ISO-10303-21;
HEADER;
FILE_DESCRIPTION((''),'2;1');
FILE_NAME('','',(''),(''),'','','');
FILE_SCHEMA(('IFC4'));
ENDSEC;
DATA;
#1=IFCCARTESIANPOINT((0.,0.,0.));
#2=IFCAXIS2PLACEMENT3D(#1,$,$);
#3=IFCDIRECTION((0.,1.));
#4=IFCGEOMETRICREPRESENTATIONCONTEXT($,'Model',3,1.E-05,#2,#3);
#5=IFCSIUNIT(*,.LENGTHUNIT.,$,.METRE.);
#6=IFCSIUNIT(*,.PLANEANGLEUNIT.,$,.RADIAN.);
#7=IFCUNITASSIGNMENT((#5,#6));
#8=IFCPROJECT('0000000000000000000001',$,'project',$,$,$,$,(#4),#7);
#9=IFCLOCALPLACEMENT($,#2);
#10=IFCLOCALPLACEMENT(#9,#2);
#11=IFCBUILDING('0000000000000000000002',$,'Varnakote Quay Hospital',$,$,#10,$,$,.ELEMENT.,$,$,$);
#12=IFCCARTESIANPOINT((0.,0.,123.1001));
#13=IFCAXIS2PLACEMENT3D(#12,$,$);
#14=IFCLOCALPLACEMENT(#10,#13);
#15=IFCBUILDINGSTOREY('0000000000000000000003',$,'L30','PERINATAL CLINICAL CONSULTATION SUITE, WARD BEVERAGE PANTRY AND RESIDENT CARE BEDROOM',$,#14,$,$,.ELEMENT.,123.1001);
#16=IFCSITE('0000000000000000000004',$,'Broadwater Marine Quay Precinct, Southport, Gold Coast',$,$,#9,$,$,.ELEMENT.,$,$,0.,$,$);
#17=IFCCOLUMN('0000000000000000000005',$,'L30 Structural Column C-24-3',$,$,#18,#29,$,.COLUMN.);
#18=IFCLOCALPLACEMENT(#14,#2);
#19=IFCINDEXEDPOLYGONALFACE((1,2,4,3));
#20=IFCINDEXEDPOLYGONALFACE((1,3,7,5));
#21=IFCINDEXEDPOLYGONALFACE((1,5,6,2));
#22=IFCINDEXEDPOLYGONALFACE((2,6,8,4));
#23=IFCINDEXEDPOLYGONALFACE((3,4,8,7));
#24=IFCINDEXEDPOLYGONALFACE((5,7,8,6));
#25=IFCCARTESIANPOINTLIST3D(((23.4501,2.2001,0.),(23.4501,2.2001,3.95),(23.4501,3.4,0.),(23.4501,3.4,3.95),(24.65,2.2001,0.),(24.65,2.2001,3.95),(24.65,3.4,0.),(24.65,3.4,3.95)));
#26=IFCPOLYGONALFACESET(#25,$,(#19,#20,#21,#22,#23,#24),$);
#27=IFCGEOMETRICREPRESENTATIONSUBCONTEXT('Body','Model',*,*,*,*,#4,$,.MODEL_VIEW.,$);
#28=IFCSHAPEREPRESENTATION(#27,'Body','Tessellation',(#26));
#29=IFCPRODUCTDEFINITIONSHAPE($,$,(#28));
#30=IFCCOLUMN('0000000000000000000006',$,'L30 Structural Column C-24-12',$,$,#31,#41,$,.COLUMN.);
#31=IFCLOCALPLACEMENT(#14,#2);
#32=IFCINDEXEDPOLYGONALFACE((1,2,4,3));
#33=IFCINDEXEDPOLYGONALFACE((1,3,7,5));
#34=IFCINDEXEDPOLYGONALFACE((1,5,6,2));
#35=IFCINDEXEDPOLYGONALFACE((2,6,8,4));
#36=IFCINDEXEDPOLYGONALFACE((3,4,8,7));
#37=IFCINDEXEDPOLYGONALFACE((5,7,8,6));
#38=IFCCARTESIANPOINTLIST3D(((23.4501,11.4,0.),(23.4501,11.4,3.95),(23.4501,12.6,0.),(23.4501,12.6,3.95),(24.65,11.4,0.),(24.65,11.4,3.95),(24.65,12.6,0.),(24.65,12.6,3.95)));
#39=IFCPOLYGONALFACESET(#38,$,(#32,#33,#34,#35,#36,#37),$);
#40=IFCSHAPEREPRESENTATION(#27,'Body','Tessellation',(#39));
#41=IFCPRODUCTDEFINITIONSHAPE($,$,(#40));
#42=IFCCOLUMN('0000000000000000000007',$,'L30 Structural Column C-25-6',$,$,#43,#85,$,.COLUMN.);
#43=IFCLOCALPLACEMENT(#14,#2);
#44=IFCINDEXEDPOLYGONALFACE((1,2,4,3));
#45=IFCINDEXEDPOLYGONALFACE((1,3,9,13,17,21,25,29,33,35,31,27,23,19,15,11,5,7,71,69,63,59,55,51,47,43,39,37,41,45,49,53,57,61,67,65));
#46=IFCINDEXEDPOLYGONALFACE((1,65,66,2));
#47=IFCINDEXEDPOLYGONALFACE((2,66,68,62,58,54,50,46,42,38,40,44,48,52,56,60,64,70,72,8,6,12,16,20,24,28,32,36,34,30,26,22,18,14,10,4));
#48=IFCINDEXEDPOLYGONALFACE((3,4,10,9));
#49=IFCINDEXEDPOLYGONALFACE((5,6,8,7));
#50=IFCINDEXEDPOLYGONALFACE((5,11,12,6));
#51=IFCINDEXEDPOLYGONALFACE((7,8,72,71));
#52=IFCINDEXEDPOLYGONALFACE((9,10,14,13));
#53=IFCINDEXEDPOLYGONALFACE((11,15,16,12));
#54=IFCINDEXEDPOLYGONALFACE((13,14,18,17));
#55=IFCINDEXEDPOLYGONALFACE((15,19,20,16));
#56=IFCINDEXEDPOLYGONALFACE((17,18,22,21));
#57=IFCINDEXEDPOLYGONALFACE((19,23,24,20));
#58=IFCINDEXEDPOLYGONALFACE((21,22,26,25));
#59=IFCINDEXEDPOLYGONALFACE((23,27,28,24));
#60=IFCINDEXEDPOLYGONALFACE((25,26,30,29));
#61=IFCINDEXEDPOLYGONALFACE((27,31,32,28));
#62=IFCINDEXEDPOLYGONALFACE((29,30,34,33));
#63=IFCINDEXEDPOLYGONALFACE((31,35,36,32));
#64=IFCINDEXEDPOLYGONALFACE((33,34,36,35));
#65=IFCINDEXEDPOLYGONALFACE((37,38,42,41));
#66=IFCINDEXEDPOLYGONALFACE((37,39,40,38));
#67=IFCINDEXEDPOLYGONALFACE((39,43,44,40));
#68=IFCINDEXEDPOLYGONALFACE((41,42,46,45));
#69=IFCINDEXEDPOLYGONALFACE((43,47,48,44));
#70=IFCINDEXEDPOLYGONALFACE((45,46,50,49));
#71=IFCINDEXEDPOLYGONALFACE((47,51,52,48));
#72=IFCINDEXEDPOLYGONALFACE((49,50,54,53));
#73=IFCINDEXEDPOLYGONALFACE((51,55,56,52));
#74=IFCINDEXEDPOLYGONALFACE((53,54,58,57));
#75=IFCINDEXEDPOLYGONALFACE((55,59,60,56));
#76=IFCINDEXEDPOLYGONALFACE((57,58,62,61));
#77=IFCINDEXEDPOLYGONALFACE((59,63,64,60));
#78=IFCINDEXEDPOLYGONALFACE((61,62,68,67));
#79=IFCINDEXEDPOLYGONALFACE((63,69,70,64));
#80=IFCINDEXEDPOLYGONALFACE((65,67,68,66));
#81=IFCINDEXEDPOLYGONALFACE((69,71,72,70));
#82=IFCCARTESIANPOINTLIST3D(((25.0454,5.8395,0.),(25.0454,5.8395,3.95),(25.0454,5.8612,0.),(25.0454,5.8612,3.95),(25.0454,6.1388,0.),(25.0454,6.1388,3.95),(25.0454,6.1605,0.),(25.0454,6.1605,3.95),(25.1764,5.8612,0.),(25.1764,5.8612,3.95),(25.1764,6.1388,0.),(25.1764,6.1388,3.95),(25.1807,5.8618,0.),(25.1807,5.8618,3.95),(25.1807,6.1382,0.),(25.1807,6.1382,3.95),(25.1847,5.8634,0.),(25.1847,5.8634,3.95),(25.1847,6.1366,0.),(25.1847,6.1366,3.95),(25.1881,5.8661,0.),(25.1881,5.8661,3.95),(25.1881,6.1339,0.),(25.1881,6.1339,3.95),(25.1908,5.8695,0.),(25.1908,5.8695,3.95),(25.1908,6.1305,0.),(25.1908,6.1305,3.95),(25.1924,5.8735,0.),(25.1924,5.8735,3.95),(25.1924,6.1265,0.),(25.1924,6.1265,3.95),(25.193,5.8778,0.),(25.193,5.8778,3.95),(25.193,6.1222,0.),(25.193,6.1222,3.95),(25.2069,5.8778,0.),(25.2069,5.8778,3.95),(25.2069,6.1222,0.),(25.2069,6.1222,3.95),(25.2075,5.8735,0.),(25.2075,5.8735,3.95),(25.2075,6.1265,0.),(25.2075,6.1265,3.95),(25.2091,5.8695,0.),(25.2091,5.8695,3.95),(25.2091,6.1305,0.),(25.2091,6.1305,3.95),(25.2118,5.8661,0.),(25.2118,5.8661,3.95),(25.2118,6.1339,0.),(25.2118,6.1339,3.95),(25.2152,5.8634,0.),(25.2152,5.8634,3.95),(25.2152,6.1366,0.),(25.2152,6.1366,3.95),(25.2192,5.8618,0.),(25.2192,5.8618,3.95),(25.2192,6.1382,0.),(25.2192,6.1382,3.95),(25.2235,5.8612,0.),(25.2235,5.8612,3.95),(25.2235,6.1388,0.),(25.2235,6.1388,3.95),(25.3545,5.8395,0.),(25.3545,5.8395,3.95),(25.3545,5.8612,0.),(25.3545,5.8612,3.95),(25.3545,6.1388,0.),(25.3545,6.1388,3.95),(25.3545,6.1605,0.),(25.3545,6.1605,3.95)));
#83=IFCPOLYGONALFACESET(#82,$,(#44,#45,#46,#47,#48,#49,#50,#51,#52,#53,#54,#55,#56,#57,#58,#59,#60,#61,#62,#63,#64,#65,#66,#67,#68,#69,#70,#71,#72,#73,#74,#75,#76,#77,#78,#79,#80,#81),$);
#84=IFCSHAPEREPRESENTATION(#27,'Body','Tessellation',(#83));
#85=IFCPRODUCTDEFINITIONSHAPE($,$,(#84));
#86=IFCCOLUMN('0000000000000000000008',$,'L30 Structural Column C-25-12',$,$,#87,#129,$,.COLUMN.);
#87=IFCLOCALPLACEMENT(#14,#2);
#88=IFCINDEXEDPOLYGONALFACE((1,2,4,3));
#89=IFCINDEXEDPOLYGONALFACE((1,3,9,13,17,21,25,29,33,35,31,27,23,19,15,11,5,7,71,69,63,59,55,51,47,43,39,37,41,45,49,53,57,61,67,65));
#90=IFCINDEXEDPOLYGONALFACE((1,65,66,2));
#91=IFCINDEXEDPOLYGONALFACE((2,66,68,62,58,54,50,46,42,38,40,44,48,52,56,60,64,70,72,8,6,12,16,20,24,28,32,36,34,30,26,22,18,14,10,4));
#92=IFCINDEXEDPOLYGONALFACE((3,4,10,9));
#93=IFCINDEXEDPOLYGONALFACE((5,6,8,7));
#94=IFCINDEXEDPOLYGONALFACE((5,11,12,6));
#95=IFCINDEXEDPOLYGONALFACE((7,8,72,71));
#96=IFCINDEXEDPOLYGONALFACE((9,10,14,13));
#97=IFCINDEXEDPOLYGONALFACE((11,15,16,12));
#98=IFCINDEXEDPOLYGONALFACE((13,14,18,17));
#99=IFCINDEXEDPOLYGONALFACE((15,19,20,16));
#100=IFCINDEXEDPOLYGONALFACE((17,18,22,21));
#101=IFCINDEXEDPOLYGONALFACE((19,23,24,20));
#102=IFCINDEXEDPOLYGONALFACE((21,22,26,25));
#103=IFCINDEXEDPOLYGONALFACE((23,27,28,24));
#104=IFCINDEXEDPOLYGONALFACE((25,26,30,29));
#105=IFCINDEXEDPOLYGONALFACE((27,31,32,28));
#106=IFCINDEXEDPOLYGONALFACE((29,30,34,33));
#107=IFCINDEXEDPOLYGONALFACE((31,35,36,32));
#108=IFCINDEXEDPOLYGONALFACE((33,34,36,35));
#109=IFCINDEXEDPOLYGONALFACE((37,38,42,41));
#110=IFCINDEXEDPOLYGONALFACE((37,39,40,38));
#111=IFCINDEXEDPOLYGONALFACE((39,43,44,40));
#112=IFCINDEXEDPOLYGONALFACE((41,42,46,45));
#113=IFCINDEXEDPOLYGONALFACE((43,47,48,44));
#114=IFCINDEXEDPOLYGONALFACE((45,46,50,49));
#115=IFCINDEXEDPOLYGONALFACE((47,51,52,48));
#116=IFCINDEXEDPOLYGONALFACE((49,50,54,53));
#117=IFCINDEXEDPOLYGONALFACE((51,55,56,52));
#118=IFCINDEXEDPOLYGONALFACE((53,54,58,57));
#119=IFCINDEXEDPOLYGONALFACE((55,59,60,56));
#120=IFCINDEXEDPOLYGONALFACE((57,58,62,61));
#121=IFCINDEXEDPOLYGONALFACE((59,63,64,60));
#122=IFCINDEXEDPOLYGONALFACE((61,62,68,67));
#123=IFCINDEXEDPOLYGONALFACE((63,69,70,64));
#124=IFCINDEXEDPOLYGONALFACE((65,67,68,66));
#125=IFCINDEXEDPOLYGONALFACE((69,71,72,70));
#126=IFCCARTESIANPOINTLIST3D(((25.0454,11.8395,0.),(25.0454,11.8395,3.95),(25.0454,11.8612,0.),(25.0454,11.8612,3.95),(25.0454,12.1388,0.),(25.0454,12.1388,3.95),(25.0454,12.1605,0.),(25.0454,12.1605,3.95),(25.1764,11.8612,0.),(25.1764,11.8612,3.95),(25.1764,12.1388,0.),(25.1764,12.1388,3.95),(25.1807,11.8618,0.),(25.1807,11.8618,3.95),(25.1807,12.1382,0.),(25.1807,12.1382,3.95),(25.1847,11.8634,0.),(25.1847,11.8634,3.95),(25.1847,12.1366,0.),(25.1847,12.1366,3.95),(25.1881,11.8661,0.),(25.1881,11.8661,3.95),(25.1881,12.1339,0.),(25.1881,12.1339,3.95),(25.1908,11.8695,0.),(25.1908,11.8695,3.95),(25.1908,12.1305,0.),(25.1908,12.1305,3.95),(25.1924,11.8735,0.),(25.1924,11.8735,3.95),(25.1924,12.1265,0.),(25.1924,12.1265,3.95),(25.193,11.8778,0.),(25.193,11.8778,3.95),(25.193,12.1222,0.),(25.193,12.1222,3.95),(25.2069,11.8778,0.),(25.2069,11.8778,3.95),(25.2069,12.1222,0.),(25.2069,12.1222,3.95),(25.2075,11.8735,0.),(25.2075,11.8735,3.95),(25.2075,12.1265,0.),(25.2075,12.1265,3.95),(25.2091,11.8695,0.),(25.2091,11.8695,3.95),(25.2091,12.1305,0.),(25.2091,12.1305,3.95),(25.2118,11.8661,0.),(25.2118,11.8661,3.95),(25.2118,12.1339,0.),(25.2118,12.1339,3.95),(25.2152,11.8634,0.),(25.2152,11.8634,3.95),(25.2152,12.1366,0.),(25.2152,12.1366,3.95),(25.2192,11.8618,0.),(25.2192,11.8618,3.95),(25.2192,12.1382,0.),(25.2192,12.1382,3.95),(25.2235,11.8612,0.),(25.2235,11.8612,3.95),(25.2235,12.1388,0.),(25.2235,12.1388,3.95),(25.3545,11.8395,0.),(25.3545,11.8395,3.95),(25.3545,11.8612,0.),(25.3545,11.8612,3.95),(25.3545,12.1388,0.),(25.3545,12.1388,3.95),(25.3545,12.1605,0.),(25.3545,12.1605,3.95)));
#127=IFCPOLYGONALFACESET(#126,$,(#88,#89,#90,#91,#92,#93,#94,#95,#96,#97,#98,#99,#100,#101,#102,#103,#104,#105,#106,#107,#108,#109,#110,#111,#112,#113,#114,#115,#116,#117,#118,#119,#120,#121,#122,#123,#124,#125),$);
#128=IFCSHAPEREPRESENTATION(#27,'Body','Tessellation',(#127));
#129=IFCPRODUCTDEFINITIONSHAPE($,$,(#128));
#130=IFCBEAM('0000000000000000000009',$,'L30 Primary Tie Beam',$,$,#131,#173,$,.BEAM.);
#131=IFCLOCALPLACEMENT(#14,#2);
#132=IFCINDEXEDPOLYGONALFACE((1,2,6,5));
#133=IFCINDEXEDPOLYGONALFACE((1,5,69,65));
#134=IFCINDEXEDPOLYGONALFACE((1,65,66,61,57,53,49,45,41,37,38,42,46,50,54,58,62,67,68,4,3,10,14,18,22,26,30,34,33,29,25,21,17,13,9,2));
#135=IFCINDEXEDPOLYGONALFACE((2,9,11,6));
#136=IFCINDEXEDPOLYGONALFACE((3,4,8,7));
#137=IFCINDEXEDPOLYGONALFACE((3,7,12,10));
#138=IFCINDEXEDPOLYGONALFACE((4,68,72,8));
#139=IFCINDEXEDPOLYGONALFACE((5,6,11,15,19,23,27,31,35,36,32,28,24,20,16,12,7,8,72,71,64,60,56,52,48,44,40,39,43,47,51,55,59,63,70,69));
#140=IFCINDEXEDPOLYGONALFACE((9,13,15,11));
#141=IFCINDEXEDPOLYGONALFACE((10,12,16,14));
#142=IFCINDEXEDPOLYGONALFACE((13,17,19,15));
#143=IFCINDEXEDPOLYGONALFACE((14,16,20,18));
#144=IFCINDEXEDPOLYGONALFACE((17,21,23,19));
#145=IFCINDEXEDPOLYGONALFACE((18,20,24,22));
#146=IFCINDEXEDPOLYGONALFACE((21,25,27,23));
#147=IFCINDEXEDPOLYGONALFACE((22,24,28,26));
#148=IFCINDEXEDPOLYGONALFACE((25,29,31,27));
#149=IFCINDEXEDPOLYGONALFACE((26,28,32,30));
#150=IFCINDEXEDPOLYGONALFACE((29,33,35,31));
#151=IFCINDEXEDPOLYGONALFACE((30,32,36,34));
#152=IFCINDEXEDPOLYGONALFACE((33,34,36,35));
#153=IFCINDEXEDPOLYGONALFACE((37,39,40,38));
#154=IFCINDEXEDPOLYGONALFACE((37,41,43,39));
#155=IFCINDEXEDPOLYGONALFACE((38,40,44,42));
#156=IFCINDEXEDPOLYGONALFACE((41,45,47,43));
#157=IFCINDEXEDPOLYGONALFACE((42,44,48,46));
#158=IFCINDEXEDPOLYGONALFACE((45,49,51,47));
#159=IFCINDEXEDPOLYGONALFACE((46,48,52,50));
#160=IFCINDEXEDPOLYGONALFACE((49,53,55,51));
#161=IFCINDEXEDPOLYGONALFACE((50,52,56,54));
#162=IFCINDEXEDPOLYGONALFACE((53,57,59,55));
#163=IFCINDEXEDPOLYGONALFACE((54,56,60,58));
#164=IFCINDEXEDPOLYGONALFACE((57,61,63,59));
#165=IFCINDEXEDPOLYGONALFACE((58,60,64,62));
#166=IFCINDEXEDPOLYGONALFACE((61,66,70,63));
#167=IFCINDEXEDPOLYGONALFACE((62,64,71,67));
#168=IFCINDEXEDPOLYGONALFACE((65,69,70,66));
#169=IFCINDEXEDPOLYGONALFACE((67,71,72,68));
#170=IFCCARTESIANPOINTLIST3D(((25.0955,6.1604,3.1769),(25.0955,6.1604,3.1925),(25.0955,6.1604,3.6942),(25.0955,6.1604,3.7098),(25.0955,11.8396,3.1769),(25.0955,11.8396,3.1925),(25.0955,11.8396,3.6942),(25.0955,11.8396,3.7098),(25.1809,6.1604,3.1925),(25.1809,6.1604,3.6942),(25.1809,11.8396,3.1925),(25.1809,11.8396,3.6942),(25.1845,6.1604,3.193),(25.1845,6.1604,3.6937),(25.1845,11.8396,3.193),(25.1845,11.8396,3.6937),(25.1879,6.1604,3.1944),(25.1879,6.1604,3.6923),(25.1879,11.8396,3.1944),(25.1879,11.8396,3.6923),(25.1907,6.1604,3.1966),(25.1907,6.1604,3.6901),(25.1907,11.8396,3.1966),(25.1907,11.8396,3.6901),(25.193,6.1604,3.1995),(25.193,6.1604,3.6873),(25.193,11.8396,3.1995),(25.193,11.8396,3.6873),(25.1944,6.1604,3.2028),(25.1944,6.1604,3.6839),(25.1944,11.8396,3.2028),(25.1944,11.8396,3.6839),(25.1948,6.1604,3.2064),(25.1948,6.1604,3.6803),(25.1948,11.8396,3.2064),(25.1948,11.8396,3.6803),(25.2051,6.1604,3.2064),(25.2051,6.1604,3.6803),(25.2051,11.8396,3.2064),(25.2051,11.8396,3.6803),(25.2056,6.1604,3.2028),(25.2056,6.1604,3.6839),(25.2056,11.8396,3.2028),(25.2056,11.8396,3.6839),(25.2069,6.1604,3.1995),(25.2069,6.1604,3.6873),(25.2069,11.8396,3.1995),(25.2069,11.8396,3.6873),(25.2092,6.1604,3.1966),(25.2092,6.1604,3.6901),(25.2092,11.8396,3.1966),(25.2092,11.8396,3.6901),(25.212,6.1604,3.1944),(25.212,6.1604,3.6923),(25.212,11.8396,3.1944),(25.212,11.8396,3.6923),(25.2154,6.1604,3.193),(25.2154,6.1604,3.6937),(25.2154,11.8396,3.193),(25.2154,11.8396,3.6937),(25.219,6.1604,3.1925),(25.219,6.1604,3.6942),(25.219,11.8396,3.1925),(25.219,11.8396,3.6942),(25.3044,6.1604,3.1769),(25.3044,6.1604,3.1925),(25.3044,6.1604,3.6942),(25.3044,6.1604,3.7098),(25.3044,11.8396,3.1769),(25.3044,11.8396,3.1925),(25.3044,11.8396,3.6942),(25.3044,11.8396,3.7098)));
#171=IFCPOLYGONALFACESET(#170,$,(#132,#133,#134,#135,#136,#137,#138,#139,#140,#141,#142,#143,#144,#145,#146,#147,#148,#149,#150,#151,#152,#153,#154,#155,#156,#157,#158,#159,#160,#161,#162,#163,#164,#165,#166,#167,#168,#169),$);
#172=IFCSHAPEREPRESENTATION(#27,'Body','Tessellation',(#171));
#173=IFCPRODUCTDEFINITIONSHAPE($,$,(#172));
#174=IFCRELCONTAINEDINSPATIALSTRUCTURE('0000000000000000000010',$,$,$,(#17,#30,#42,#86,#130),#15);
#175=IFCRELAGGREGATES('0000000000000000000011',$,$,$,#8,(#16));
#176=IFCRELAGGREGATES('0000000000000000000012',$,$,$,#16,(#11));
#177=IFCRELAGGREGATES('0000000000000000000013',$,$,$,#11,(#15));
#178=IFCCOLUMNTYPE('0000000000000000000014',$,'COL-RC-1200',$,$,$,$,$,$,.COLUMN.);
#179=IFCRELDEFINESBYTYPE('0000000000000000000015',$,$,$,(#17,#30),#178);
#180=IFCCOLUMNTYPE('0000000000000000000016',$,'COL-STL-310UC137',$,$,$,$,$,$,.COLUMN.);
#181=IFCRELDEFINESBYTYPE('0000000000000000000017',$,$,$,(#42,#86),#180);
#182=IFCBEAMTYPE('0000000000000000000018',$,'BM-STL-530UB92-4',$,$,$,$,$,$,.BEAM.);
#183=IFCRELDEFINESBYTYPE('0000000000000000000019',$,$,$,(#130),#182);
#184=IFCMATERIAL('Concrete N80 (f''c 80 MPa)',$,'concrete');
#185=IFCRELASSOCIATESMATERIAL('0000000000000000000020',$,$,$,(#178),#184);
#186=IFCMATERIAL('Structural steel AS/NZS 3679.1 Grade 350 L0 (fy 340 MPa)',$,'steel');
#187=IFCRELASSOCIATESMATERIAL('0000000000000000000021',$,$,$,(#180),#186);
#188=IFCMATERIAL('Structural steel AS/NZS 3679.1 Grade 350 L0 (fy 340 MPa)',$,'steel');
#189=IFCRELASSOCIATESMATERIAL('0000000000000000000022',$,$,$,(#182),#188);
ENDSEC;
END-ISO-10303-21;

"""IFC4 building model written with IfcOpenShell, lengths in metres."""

from ifc_helpers import new_model, si_unit, direction, frame, origin, origin_2d, place, context, subcontext, project, spatial, rectangle, i_section, extrude, material, material_profile, profile_set, type_object, element, save


model = new_model("IFC4")

# Units and contexts
model_context = context("Model", 3, precision=1e-05, world=origin(), true_north=direction((0.0, 1.0)))
body_context = subcontext(model_context, "Body", "Model", "MODEL_VIEW")
ifc_project = project(units=[si_unit("LENGTHUNIT", "METRE"), si_unit("PLANEANGLEUNIT", "RADIAN")], contexts=[model_context])

# Site, building, storey
site_placement = place(None, origin())
site = spatial("IfcSite", under=ifc_project, at=site_placement, Name="Broadwater Marine Quay Precinct, Southport, Gold Coast", CompositionType="ELEMENT", RefElevation=0.0)
building_placement = place(site_placement, origin())
building = spatial("IfcBuilding", under=site, at=building_placement, Name="Varnakote Quay Hospital", CompositionType="ELEMENT")
storey_placement = place(building_placement, frame((0.0, 0.0, 123.1001)))
storey = spatial("IfcBuildingStorey", under=building, at=storey_placement, Name="L30", Description="PERINATAL CLINICAL CONSULTATION SUITE, WARD BEVERAGE PANTRY AND RESIDENT CARE BEDROOM", CompositionType="ELEMENT", Elevation=123.1001)

# Columns
ifc_material_1 = material(Name="Concrete N80 (f'c 80 MPa)", Category="concrete")
ifc_material_profile_1 = material_profile(ifc_material_1, rectangle(XDim=1.2, YDim=1.2, at=origin_2d()), Name="RC-COL-1200x1200")
ifc_profile_set_1 = profile_set([ifc_material_profile_1], Name="Concrete N80 (f'c 80 MPa)")
column_type_1 = type_object("IfcColumnType", Name="COL-RC-1200", PredefinedType="COLUMN", material=ifc_profile_set_1)
for number, where, z_axis, x_axis, name in (
    (1, (24.05, 2.8, 0.0), (0.0, 0.0, 1.0), (1.0, 0.0, 0.0), "L30 Structural Column C-24-3"),
    (2, (24.05, 12.0, 0.0), (0.0, 0.0, 1.0), (1.0, 0.0, 0.0), "L30 Structural Column C-24-12"),
):
    element("IfcColumn", number, at=place(storey_placement, frame(where, z_axis=z_axis, x_axis=x_axis)), inside=storey, type_object=column_type_1, Name=name, PredefinedType="COLUMN", context=body_context, shape_type="SweptSolid", body=[
        extrude(rectangle(XDim=1.2, YDim=1.2, at=origin_2d()), origin(), (0.0, 0.0, 1.0), 3.95),
    ])
ifc_material_2 = material(Name="Structural steel AS/NZS 3679.1 Grade 350 L0 (fy 340 MPa)", Category="steel")
ifc_material_profile_2 = material_profile(ifc_material_2, i_section(OverallWidth=0.3091, OverallDepth=0.321, WebThickness=0.0139, FlangeThickness=0.0217, FilletRadius=0.0166, at=origin_2d()), Name="310UC137")
ifc_profile_set_2 = profile_set([ifc_material_profile_2], Name="Structural steel AS/NZS 3679.1 Grade 350 L0 (fy 340 MPa)")
column_type_2 = type_object("IfcColumnType", Name="COL-STL-310UC137", PredefinedType="COLUMN", material=ifc_profile_set_2)
for number, where, z_axis, x_axis, name in (
    (3, (25.2, 6.0, 0.0), (0.0, 0.0, 1.0), (1.0, 0.0, 0.0), "L30 Structural Column C-25-6"),
    (4, (25.2, 12.0, 0.0), (0.0, 0.0, 1.0), (1.0, 0.0, 0.0), "L30 Structural Column C-25-12"),
):
    element("IfcColumn", number, at=place(storey_placement, frame(where, z_axis=z_axis, x_axis=x_axis)), inside=storey, type_object=column_type_2, Name=name, PredefinedType="COLUMN", context=body_context, shape_type="SweptSolid", body=[
        extrude(i_section(OverallWidth=0.3091, OverallDepth=0.321, WebThickness=0.0139, FlangeThickness=0.0217, FilletRadius=0.0166, at=origin_2d()), origin(), (0.0, 0.0, 1.0), 3.95),
    ])

# Beam
ifc_material_3 = material(Name="Structural steel AS/NZS 3679.1 Grade 350 L0 (fy 340 MPa)", Category="steel")
ifc_material_profile_3 = material_profile(ifc_material_3, i_section(OverallWidth=0.209, OverallDepth=0.533, WebThickness=0.0103, FlangeThickness=0.0156, FilletRadius=0.0139, at=origin_2d()), Name="530UB92.4")
ifc_profile_set_3 = profile_set([ifc_material_profile_3], Name="Structural steel AS/NZS 3679.1 Grade 350 L0 (fy 340 MPa)")
beam_type_1 = type_object("IfcBeamType", Name="BM-STL-530UB92-4", PredefinedType="BEAM", material=ifc_profile_set_3)
beam_1_placement = place(storey_placement, frame((25.2, 6.1604, 3.4434), z_axis=(0.0, 1.0, 0.0), x_axis=(-1.0, 0.0, 0.0)))
element("IfcBeam", 5, at=beam_1_placement, inside=storey, type_object=beam_type_1, Name="L30 Primary Tie Beam", PredefinedType="BEAM", context=body_context, shape_type="SweptSolid", body=[
    extrude(i_section(OverallWidth=0.209, OverallDepth=0.533, WebThickness=0.0103, FlangeThickness=0.0156, FilletRadius=0.0139, at=origin_2d()), origin(), (0.0, 0.0, 1.0), 5.6792),
])

save(model, "model.ifc")
